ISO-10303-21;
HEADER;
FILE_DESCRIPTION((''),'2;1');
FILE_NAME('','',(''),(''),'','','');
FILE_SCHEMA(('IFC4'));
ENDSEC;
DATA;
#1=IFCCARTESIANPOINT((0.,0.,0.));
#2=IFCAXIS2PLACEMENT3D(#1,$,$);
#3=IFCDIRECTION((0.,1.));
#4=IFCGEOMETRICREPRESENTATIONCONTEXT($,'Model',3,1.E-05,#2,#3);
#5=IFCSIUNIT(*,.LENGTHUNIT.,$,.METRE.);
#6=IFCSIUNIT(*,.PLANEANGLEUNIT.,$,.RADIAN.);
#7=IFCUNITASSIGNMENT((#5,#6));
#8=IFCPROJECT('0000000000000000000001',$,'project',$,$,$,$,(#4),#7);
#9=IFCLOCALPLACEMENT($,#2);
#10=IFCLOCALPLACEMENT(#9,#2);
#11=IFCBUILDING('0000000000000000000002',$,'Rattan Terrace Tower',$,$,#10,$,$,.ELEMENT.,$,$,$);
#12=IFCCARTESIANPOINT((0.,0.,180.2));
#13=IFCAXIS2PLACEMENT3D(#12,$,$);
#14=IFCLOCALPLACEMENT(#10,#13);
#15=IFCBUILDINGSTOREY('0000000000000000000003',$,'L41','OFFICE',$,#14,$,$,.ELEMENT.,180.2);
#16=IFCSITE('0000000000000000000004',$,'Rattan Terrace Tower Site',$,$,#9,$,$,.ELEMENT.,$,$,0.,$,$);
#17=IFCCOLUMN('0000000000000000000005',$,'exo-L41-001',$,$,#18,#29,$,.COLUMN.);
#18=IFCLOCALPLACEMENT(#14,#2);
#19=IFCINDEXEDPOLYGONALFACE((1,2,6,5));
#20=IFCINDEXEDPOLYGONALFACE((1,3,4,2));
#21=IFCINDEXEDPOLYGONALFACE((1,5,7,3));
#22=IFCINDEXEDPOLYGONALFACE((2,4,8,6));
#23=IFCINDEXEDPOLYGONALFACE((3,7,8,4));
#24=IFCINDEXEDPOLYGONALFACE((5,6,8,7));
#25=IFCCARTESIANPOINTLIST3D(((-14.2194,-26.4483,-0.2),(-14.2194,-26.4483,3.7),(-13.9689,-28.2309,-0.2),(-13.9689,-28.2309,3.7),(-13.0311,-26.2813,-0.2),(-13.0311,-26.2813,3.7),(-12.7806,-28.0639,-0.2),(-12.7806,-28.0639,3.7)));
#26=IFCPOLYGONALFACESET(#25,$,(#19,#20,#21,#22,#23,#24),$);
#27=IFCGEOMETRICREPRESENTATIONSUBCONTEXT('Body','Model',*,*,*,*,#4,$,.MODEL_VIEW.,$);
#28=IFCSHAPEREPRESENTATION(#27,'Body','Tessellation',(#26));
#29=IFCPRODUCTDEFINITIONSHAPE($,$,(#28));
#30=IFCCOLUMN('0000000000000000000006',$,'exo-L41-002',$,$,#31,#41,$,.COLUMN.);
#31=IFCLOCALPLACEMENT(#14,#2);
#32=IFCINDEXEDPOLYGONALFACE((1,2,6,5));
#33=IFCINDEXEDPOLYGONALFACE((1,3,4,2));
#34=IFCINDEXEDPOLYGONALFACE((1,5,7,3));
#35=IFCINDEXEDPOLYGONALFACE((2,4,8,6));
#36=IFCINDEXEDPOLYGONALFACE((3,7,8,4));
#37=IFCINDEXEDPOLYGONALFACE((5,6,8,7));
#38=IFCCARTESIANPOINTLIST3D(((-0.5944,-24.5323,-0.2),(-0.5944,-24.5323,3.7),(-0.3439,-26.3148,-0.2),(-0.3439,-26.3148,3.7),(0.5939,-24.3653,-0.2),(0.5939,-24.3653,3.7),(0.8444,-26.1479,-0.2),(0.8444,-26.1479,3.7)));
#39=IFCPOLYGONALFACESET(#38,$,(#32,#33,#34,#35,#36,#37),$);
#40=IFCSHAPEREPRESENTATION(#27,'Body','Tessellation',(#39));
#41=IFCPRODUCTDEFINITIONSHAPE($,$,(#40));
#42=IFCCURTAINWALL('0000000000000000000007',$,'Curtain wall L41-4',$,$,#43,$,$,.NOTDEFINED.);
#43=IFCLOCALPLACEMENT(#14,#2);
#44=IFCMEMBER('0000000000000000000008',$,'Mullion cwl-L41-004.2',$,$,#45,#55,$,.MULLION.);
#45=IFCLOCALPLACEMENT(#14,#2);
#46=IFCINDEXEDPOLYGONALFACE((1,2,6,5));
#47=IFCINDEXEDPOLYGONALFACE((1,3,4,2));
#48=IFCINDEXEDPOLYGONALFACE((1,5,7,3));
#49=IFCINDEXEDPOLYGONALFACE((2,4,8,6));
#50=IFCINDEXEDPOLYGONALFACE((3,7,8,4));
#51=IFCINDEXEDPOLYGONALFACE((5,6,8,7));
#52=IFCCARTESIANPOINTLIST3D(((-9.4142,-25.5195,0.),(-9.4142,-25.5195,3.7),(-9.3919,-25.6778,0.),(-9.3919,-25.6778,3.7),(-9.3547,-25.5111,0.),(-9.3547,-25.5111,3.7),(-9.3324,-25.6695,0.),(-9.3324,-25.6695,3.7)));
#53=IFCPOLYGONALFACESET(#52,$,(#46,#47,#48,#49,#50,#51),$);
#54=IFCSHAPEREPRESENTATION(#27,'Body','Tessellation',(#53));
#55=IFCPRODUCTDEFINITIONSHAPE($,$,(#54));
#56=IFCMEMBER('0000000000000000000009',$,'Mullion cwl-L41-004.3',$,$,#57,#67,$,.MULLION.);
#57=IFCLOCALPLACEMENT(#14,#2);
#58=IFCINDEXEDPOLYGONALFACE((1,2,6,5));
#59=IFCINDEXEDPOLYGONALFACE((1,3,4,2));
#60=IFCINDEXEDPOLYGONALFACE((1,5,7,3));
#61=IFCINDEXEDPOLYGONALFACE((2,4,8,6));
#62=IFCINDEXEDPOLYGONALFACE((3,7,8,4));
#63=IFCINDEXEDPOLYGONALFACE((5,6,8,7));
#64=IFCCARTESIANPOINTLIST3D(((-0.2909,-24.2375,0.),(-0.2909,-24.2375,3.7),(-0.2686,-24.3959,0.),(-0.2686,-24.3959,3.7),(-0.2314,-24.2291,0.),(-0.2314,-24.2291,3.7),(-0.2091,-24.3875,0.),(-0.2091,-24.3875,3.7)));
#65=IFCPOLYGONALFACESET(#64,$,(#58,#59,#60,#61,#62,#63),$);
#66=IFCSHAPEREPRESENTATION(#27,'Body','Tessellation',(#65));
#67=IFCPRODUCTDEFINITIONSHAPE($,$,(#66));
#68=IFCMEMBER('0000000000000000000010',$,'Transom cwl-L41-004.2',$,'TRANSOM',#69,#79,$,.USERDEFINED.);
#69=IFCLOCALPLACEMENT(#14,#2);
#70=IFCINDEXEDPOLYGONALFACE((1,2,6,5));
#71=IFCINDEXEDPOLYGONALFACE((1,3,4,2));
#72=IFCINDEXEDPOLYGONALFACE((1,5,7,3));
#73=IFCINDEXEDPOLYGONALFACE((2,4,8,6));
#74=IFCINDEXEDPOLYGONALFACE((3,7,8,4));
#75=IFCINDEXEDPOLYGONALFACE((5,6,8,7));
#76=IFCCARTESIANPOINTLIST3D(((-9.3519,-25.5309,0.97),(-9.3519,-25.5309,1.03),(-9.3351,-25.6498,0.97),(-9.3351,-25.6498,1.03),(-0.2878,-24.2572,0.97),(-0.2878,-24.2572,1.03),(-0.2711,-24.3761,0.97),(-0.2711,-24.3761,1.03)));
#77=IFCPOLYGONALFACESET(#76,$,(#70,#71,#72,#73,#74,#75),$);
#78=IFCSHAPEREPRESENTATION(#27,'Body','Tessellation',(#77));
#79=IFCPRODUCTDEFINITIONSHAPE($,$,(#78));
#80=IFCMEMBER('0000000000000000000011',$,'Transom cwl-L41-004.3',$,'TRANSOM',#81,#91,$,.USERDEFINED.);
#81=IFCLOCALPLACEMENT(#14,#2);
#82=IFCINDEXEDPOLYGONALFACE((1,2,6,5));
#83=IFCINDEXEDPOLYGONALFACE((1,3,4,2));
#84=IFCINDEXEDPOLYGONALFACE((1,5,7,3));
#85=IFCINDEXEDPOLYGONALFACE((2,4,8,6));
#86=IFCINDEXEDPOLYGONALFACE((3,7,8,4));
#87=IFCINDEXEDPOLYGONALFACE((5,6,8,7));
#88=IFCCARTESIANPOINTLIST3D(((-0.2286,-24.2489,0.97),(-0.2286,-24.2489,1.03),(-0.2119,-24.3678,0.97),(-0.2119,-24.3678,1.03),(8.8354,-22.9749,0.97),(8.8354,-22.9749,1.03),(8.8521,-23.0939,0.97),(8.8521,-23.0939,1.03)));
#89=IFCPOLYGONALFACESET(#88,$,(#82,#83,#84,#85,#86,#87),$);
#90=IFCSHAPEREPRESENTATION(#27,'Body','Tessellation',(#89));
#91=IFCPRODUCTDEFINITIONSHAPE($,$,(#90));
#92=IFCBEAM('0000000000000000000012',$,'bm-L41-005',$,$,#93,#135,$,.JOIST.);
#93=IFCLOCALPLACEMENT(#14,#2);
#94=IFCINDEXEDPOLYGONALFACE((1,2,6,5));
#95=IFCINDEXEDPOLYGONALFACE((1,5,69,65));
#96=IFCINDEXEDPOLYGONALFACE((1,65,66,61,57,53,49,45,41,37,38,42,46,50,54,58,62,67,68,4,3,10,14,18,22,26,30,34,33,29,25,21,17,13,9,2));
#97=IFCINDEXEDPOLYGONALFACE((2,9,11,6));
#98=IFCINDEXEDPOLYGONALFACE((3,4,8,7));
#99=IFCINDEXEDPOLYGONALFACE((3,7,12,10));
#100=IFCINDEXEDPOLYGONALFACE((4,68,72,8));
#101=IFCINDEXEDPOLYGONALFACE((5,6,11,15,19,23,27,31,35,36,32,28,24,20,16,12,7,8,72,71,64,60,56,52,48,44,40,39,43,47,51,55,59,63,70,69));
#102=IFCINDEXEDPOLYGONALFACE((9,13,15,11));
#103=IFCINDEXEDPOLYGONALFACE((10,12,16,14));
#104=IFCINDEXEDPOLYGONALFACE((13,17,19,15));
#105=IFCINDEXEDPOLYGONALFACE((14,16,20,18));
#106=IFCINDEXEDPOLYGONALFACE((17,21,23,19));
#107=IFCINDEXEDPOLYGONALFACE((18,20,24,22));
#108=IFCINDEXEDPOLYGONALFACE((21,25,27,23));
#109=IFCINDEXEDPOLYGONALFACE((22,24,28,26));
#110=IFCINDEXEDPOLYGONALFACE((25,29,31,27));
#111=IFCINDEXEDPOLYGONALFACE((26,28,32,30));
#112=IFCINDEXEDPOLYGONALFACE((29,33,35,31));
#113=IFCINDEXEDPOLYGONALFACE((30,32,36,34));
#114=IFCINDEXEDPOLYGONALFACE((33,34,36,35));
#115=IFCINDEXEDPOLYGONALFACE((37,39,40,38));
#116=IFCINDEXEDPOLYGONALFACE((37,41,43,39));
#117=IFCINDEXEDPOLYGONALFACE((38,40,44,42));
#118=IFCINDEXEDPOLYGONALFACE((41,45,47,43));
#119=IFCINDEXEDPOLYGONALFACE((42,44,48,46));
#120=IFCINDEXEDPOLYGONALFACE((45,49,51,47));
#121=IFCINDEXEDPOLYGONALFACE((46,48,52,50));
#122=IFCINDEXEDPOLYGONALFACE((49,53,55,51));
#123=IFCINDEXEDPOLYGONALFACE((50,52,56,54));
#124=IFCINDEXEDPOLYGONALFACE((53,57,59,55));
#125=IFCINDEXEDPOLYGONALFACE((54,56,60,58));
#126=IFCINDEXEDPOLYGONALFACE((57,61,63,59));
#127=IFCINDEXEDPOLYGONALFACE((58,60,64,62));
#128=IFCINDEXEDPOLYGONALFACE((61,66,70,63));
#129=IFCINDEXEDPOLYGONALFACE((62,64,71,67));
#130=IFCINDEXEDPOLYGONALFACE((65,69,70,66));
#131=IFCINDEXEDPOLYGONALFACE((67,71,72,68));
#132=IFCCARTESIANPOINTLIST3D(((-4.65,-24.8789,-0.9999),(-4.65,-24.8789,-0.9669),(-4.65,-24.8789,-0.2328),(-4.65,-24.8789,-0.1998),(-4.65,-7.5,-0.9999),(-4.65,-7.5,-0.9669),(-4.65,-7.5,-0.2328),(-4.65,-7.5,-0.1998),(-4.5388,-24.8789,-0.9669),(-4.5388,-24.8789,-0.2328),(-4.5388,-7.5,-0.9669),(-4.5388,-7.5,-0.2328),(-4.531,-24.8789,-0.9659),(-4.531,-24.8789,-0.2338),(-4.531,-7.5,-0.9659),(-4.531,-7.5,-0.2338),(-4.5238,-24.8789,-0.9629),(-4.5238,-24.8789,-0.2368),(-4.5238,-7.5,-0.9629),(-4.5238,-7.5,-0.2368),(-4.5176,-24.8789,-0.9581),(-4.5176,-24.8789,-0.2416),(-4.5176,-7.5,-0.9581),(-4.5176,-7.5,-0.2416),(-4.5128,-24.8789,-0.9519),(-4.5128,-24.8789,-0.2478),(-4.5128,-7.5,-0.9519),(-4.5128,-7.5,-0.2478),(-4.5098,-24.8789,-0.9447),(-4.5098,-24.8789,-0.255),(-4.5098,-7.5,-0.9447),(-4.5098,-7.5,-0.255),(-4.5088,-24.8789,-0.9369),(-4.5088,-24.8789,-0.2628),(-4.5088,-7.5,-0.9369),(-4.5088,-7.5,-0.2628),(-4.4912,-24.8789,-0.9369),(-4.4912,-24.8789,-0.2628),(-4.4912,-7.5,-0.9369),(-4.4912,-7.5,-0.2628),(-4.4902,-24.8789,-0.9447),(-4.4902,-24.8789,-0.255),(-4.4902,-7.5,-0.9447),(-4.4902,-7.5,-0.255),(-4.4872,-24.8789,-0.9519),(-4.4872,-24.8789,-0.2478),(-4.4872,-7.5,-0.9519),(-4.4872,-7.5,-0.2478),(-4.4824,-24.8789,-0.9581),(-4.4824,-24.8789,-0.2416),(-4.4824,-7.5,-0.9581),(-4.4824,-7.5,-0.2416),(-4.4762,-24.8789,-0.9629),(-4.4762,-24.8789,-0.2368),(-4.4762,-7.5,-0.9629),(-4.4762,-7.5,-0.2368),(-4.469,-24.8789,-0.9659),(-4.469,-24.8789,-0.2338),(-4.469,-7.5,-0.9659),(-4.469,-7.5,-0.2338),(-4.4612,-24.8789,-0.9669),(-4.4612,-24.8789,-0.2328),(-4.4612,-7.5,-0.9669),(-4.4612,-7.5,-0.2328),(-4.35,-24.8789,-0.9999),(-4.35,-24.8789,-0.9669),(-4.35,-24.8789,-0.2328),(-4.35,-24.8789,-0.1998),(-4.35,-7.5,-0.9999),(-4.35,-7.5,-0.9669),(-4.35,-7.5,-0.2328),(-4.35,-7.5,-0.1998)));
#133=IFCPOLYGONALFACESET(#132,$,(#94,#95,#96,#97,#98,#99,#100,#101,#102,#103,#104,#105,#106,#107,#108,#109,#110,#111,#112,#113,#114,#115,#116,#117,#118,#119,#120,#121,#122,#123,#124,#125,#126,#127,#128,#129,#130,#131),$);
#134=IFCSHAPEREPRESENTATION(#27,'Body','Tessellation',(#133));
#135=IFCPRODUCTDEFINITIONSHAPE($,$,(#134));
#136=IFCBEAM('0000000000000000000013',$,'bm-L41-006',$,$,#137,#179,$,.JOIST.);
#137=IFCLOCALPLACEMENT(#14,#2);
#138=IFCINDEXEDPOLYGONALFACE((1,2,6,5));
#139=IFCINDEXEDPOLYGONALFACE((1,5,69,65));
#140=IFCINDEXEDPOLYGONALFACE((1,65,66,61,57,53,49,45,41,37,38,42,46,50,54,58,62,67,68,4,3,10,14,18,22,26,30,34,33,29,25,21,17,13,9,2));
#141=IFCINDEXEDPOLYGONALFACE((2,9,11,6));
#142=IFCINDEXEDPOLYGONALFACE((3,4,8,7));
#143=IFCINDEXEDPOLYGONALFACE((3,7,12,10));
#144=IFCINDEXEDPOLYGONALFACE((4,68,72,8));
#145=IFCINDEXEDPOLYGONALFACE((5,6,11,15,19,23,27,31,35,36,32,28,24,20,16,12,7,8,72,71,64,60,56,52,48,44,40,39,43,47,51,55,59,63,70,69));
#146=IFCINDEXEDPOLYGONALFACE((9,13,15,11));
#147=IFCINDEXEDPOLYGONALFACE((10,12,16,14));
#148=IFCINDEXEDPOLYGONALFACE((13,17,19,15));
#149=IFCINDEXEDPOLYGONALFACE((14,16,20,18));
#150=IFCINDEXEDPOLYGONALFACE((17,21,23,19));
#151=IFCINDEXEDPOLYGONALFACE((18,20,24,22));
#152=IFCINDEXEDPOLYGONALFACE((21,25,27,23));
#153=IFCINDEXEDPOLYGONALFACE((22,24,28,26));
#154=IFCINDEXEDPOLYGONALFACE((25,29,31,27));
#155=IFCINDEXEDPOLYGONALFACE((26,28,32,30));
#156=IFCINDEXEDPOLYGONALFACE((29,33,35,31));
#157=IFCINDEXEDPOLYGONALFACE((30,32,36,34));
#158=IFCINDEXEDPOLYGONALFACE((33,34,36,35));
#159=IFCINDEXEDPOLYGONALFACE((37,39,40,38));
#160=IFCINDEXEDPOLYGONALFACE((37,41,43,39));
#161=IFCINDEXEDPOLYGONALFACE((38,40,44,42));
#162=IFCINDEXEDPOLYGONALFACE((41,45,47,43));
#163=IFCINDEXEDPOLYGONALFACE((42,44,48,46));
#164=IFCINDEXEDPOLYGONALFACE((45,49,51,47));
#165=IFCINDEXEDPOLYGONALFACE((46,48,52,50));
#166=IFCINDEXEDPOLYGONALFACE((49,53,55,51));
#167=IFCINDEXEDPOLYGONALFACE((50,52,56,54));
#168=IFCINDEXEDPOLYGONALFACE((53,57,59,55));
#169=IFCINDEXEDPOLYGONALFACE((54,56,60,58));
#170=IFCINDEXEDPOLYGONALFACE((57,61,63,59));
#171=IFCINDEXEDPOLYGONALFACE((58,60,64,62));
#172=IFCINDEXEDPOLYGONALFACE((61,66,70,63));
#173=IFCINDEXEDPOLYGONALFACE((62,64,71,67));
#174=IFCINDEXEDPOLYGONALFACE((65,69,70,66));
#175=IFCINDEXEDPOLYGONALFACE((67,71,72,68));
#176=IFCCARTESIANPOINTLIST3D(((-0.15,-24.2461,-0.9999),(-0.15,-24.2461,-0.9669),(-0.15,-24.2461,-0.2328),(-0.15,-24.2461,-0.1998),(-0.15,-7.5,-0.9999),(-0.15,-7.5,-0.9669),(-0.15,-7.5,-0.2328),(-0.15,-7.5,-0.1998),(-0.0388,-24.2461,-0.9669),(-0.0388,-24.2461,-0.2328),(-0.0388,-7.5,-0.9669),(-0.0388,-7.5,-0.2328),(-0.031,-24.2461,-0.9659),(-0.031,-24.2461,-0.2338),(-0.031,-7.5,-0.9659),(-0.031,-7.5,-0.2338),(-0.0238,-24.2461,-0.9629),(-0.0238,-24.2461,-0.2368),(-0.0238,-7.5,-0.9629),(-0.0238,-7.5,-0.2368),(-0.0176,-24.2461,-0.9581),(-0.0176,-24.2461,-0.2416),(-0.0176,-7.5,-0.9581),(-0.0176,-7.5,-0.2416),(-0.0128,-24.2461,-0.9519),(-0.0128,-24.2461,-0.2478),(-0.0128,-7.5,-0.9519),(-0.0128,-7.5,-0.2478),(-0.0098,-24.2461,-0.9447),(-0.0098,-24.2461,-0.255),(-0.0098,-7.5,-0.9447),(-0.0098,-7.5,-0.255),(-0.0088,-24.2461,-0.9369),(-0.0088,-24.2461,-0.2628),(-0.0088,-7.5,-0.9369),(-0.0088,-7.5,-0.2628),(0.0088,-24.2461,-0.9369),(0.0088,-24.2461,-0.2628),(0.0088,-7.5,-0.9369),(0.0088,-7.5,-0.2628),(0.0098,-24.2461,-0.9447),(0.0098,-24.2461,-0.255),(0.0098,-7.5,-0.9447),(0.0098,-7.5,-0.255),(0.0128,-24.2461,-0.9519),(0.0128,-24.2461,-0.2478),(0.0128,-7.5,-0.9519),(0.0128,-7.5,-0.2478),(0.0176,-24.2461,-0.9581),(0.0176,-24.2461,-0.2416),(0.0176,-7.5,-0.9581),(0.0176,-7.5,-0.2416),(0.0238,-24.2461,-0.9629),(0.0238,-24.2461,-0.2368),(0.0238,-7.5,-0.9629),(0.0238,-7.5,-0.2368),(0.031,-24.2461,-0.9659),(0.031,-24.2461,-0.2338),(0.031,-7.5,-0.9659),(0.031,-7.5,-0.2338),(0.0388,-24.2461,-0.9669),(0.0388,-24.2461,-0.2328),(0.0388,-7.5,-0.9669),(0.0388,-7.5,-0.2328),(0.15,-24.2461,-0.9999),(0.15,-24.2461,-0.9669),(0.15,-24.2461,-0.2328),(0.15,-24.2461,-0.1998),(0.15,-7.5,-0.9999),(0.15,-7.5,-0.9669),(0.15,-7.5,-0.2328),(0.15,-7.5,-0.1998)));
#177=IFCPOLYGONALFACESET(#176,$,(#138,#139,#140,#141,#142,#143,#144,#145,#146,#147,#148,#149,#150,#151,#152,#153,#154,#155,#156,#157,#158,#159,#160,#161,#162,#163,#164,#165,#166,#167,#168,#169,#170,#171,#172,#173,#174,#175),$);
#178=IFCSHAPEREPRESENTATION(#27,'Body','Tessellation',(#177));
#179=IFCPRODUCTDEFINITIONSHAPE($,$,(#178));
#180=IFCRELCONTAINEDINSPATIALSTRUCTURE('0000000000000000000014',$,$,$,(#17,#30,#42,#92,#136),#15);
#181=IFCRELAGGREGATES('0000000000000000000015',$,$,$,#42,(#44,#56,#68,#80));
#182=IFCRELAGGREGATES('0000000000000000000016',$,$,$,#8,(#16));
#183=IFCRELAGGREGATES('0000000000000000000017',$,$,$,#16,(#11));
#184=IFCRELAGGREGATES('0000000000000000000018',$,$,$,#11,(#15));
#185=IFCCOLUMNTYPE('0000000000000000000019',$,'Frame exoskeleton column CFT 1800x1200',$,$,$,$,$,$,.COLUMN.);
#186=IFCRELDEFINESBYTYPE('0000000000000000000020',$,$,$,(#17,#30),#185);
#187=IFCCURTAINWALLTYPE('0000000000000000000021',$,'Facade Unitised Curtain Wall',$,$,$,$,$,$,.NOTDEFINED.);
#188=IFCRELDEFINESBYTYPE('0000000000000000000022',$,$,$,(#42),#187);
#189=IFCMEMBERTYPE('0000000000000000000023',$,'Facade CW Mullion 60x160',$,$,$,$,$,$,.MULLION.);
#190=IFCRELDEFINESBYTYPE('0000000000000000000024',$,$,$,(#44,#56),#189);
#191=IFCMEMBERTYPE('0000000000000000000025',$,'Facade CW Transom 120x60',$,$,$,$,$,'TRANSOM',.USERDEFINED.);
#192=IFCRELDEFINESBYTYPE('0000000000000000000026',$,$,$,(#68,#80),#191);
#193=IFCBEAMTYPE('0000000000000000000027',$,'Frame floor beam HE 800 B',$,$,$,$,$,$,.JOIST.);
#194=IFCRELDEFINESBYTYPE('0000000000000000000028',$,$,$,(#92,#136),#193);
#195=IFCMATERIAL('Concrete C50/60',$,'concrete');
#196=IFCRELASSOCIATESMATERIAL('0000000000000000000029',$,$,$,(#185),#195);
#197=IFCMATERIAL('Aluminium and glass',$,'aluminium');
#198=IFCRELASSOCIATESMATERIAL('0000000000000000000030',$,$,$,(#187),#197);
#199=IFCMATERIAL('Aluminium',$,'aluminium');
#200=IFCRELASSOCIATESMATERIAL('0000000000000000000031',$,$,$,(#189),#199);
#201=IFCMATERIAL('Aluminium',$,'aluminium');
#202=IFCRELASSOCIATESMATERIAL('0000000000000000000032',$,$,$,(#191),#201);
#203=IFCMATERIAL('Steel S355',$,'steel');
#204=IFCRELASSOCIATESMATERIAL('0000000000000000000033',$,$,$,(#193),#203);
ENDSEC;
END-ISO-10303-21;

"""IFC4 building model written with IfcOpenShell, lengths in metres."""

from ifc_helpers import new_model, si_unit, direction, frame, origin, origin_2d, place, context, subcontext, project, spatial, rectangle, i_section, extrude, material, material_profile, profile_set, type_object, element, aggregate, save


model = new_model("IFC4")

# Units and contexts
model_context = context("Model", 3, precision=1e-05, world=origin(), true_north=direction((0.0, 1.0)))
body_context = subcontext(model_context, "Body", "Model", "MODEL_VIEW")
ifc_project = project(units=[si_unit("LENGTHUNIT", "METRE"), si_unit("PLANEANGLEUNIT", "RADIAN")], contexts=[model_context])

# Site, building, storey
site_placement = place(None, origin())
site = spatial("IfcSite", under=ifc_project, at=site_placement, Name="Rattan Terrace Tower Site", CompositionType="ELEMENT", RefElevation=0.0)
building_placement = place(site_placement, origin())
building = spatial("IfcBuilding", under=site, at=building_placement, Name="Rattan Terrace Tower", CompositionType="ELEMENT")
storey_placement = place(building_placement, frame((0.0, 0.0, 180.2)))
storey = spatial("IfcBuildingStorey", under=building, at=storey_placement, Name="L41", Description="OFFICE", CompositionType="ELEMENT", Elevation=180.2)

# Columns
ifc_material_1 = material(Name="Concrete C50/60", Category="concrete")
ifc_material_profile_1 = material_profile(ifc_material_1, rectangle(XDim=1.2, YDim=1.8, at=origin_2d()), Name="CFT 1800x1200")
ifc_profile_set_1 = profile_set([ifc_material_profile_1], Name="Concrete C50/60")
column_type = type_object("IfcColumnType", Name="Frame exoskeleton column CFT 1800x1200", PredefinedType="COLUMN", material=ifc_profile_set_1)
for number, where, z_axis, x_axis, name in (
    (1, (-13.5, -27.2561, -0.2), (0.0, 0.0, 1.0), (0.99027, 0.139156, 0.0), "exo-L41-001"),
    (2, (0.125, -25.3401, -0.2), (0.0, 0.0, 1.0), (0.99027, 0.139156, 0.0), "exo-L41-002"),
):
    element("IfcColumn", number, at=place(storey_placement, frame(where, z_axis=z_axis, x_axis=x_axis)), inside=storey, type_object=column_type, Name=name, PredefinedType="COLUMN", context=body_context, shape_type="SweptSolid", body=[
        extrude(rectangle(XDim=1.2, YDim=1.8, at=origin_2d()), origin(), (0.0, 0.0, 1.0), 3.8999),
    ])

# Curtain wall, members
ifc_material_2 = material(Name="Aluminium and glass", Category="aluminium")
curtain_wall_type = type_object("IfcCurtainWallType", Name="Facade Unitised Curtain Wall", PredefinedType="NOTDEFINED", material=ifc_material_2)
curtain_wall_placement = place(storey_placement, origin())
curtain_wall = element("IfcCurtainWall", 3, at=curtain_wall_placement, inside=storey, type_object=curtain_wall_type, Name="Curtain wall L41-4", PredefinedType="NOTDEFINED")
ifc_material_3 = material(Name="Aluminium", Category="aluminium")
ifc_material_profile_2 = material_profile(ifc_material_3, rectangle(XDim=0.0601, YDim=0.1599, at=origin_2d()), Name="Aluminium 60x160")
ifc_profile_set_2 = profile_set([ifc_material_profile_2], Name="Aluminium")
member_type_1 = type_object("IfcMemberType", Name="Facade CW Mullion 60x160", PredefinedType="MULLION", material=ifc_profile_set_2)
member_1_placement = place(storey_placement, frame((-9.3733, -25.5945, 0.0), z_axis=(0.0, 0.0, 1.0), x_axis=(0.99027, 0.139161, 0.0)))
member_1 = element("IfcMember", 4, at=member_1_placement, type_object=member_type_1, Name="Mullion cwl-L41-004.2", PredefinedType="MULLION", context=body_context, shape_type="SweptSolid", body=[
    extrude(rectangle(XDim=0.0601, YDim=0.1599, at=origin_2d()), origin(), (0.0, 0.0, 1.0), 3.7),
])
member_2_placement = place(storey_placement, frame((-0.25, -24.3125, 0.0), z_axis=(0.0, 0.0, 1.0), x_axis=(0.99027, 0.139161, 0.0)))
member_2 = element("IfcMember", 5, at=member_2_placement, type_object=member_type_1, Name="Mullion cwl-L41-004.3", PredefinedType="MULLION", context=body_context, shape_type="SweptSolid", body=[
    extrude(rectangle(XDim=0.0601, YDim=0.1599, at=origin_2d()), origin(), (0.0, 0.0, 1.0), 3.7),
])
ifc_material_4 = material(Name="Aluminium", Category="aluminium")
ifc_material_profile_3 = material_profile(ifc_material_4, rectangle(XDim=0.1201, YDim=0.0601, at=origin_2d()), Name="Aluminium 120x60")
ifc_profile_set_3 = profile_set([ifc_material_profile_3], Name="Aluminium")
member_type_2 = type_object("IfcMemberType", Name="Facade CW Transom 120x60", ElementType="TRANSOM", PredefinedType="USERDEFINED", material=ifc_profile_set_3)
member_3_placement = place(storey_placement, frame((-9.3435, -25.5903, 1.0), z_axis=(0.990271, 0.139154, 0.0), x_axis=(-0.139154, 0.990271, 0.0)))
member_3 = element("IfcMember", 6, at=member_3_placement, type_object=member_type_2, Name="Transom cwl-L41-004.2", ObjectType="TRANSOM", PredefinedType="USERDEFINED", context=body_context, shape_type="SweptSolid", body=[
    extrude(rectangle(XDim=0.1201, YDim=0.0601, at=origin_2d()), origin(), (0.0, 0.0, 1.0), 9.1531),
])
member_4_placement = place(storey_placement, frame((-0.2202, -24.3083, 1.0), z_axis=(0.990267, 0.13918, 0.0), x_axis=(-0.13918, 0.990267, 0.0)))
member_4 = element("IfcMember", 7, at=member_4_placement, type_object=member_type_2, Name="Transom cwl-L41-004.3", ObjectType="TRANSOM", PredefinedType="USERDEFINED", context=body_context, shape_type="SweptSolid", body=[
    extrude(rectangle(XDim=0.1201, YDim=0.0601, at=origin_2d()), origin(), (0.0, 0.0, 1.0), 9.1531),
])

# Beams
ifc_material_5 = material(Name="Steel S355", Category="steel")
ifc_material_profile_4 = material_profile(ifc_material_5, i_section(OverallWidth=0.3, OverallDepth=0.8, WebThickness=0.0176, FlangeThickness=0.033, FilletRadius=0.03, at=origin_2d()), Name="HE 800 B")
ifc_profile_set_4 = profile_set([ifc_material_profile_4], Name="Steel S355")
beam_type_1 = type_object("IfcBeamType", Name="Frame floor beam HE 800 B", PredefinedType="JOIST", material=ifc_profile_set_4)
beam_1_placement = place(storey_placement, frame((-4.5, -24.8789, -0.5999), z_axis=(0.0, 1.0, 0.0), x_axis=(-1.0, 0.0, 0.0)))
element("IfcBeam", 8, at=beam_1_placement, inside=storey, type_object=beam_type_1, Name="bm-L41-005", PredefinedType="JOIST", context=body_context, shape_type="SweptSolid", body=[
    extrude(i_section(OverallWidth=0.3, OverallDepth=0.8, WebThickness=0.0176, FlangeThickness=0.033, FilletRadius=0.03, at=origin_2d()), origin(), (0.0, 0.0, 1.0), 17.3789),
])
beam_2_placement = place(storey_placement, frame((0.0, -24.2461, -0.5999), z_axis=(0.0, 1.0, 0.0), x_axis=(-1.0, 0.0, 0.0)))
element("IfcBeam", 9, at=beam_2_placement, inside=storey, type_object=beam_type_1, Name="bm-L41-006", PredefinedType="JOIST", context=body_context, shape_type="SweptSolid", body=[
    extrude(i_section(OverallWidth=0.3, OverallDepth=0.8, WebThickness=0.0176, FlangeThickness=0.033, FilletRadius=0.03, at=origin_2d()), origin(), (0.0, 0.0, 1.0), 16.7461),
])

aggregate(curtain_wall, [member_1, member_2, member_3, member_4])

save(model, "model.ifc")
